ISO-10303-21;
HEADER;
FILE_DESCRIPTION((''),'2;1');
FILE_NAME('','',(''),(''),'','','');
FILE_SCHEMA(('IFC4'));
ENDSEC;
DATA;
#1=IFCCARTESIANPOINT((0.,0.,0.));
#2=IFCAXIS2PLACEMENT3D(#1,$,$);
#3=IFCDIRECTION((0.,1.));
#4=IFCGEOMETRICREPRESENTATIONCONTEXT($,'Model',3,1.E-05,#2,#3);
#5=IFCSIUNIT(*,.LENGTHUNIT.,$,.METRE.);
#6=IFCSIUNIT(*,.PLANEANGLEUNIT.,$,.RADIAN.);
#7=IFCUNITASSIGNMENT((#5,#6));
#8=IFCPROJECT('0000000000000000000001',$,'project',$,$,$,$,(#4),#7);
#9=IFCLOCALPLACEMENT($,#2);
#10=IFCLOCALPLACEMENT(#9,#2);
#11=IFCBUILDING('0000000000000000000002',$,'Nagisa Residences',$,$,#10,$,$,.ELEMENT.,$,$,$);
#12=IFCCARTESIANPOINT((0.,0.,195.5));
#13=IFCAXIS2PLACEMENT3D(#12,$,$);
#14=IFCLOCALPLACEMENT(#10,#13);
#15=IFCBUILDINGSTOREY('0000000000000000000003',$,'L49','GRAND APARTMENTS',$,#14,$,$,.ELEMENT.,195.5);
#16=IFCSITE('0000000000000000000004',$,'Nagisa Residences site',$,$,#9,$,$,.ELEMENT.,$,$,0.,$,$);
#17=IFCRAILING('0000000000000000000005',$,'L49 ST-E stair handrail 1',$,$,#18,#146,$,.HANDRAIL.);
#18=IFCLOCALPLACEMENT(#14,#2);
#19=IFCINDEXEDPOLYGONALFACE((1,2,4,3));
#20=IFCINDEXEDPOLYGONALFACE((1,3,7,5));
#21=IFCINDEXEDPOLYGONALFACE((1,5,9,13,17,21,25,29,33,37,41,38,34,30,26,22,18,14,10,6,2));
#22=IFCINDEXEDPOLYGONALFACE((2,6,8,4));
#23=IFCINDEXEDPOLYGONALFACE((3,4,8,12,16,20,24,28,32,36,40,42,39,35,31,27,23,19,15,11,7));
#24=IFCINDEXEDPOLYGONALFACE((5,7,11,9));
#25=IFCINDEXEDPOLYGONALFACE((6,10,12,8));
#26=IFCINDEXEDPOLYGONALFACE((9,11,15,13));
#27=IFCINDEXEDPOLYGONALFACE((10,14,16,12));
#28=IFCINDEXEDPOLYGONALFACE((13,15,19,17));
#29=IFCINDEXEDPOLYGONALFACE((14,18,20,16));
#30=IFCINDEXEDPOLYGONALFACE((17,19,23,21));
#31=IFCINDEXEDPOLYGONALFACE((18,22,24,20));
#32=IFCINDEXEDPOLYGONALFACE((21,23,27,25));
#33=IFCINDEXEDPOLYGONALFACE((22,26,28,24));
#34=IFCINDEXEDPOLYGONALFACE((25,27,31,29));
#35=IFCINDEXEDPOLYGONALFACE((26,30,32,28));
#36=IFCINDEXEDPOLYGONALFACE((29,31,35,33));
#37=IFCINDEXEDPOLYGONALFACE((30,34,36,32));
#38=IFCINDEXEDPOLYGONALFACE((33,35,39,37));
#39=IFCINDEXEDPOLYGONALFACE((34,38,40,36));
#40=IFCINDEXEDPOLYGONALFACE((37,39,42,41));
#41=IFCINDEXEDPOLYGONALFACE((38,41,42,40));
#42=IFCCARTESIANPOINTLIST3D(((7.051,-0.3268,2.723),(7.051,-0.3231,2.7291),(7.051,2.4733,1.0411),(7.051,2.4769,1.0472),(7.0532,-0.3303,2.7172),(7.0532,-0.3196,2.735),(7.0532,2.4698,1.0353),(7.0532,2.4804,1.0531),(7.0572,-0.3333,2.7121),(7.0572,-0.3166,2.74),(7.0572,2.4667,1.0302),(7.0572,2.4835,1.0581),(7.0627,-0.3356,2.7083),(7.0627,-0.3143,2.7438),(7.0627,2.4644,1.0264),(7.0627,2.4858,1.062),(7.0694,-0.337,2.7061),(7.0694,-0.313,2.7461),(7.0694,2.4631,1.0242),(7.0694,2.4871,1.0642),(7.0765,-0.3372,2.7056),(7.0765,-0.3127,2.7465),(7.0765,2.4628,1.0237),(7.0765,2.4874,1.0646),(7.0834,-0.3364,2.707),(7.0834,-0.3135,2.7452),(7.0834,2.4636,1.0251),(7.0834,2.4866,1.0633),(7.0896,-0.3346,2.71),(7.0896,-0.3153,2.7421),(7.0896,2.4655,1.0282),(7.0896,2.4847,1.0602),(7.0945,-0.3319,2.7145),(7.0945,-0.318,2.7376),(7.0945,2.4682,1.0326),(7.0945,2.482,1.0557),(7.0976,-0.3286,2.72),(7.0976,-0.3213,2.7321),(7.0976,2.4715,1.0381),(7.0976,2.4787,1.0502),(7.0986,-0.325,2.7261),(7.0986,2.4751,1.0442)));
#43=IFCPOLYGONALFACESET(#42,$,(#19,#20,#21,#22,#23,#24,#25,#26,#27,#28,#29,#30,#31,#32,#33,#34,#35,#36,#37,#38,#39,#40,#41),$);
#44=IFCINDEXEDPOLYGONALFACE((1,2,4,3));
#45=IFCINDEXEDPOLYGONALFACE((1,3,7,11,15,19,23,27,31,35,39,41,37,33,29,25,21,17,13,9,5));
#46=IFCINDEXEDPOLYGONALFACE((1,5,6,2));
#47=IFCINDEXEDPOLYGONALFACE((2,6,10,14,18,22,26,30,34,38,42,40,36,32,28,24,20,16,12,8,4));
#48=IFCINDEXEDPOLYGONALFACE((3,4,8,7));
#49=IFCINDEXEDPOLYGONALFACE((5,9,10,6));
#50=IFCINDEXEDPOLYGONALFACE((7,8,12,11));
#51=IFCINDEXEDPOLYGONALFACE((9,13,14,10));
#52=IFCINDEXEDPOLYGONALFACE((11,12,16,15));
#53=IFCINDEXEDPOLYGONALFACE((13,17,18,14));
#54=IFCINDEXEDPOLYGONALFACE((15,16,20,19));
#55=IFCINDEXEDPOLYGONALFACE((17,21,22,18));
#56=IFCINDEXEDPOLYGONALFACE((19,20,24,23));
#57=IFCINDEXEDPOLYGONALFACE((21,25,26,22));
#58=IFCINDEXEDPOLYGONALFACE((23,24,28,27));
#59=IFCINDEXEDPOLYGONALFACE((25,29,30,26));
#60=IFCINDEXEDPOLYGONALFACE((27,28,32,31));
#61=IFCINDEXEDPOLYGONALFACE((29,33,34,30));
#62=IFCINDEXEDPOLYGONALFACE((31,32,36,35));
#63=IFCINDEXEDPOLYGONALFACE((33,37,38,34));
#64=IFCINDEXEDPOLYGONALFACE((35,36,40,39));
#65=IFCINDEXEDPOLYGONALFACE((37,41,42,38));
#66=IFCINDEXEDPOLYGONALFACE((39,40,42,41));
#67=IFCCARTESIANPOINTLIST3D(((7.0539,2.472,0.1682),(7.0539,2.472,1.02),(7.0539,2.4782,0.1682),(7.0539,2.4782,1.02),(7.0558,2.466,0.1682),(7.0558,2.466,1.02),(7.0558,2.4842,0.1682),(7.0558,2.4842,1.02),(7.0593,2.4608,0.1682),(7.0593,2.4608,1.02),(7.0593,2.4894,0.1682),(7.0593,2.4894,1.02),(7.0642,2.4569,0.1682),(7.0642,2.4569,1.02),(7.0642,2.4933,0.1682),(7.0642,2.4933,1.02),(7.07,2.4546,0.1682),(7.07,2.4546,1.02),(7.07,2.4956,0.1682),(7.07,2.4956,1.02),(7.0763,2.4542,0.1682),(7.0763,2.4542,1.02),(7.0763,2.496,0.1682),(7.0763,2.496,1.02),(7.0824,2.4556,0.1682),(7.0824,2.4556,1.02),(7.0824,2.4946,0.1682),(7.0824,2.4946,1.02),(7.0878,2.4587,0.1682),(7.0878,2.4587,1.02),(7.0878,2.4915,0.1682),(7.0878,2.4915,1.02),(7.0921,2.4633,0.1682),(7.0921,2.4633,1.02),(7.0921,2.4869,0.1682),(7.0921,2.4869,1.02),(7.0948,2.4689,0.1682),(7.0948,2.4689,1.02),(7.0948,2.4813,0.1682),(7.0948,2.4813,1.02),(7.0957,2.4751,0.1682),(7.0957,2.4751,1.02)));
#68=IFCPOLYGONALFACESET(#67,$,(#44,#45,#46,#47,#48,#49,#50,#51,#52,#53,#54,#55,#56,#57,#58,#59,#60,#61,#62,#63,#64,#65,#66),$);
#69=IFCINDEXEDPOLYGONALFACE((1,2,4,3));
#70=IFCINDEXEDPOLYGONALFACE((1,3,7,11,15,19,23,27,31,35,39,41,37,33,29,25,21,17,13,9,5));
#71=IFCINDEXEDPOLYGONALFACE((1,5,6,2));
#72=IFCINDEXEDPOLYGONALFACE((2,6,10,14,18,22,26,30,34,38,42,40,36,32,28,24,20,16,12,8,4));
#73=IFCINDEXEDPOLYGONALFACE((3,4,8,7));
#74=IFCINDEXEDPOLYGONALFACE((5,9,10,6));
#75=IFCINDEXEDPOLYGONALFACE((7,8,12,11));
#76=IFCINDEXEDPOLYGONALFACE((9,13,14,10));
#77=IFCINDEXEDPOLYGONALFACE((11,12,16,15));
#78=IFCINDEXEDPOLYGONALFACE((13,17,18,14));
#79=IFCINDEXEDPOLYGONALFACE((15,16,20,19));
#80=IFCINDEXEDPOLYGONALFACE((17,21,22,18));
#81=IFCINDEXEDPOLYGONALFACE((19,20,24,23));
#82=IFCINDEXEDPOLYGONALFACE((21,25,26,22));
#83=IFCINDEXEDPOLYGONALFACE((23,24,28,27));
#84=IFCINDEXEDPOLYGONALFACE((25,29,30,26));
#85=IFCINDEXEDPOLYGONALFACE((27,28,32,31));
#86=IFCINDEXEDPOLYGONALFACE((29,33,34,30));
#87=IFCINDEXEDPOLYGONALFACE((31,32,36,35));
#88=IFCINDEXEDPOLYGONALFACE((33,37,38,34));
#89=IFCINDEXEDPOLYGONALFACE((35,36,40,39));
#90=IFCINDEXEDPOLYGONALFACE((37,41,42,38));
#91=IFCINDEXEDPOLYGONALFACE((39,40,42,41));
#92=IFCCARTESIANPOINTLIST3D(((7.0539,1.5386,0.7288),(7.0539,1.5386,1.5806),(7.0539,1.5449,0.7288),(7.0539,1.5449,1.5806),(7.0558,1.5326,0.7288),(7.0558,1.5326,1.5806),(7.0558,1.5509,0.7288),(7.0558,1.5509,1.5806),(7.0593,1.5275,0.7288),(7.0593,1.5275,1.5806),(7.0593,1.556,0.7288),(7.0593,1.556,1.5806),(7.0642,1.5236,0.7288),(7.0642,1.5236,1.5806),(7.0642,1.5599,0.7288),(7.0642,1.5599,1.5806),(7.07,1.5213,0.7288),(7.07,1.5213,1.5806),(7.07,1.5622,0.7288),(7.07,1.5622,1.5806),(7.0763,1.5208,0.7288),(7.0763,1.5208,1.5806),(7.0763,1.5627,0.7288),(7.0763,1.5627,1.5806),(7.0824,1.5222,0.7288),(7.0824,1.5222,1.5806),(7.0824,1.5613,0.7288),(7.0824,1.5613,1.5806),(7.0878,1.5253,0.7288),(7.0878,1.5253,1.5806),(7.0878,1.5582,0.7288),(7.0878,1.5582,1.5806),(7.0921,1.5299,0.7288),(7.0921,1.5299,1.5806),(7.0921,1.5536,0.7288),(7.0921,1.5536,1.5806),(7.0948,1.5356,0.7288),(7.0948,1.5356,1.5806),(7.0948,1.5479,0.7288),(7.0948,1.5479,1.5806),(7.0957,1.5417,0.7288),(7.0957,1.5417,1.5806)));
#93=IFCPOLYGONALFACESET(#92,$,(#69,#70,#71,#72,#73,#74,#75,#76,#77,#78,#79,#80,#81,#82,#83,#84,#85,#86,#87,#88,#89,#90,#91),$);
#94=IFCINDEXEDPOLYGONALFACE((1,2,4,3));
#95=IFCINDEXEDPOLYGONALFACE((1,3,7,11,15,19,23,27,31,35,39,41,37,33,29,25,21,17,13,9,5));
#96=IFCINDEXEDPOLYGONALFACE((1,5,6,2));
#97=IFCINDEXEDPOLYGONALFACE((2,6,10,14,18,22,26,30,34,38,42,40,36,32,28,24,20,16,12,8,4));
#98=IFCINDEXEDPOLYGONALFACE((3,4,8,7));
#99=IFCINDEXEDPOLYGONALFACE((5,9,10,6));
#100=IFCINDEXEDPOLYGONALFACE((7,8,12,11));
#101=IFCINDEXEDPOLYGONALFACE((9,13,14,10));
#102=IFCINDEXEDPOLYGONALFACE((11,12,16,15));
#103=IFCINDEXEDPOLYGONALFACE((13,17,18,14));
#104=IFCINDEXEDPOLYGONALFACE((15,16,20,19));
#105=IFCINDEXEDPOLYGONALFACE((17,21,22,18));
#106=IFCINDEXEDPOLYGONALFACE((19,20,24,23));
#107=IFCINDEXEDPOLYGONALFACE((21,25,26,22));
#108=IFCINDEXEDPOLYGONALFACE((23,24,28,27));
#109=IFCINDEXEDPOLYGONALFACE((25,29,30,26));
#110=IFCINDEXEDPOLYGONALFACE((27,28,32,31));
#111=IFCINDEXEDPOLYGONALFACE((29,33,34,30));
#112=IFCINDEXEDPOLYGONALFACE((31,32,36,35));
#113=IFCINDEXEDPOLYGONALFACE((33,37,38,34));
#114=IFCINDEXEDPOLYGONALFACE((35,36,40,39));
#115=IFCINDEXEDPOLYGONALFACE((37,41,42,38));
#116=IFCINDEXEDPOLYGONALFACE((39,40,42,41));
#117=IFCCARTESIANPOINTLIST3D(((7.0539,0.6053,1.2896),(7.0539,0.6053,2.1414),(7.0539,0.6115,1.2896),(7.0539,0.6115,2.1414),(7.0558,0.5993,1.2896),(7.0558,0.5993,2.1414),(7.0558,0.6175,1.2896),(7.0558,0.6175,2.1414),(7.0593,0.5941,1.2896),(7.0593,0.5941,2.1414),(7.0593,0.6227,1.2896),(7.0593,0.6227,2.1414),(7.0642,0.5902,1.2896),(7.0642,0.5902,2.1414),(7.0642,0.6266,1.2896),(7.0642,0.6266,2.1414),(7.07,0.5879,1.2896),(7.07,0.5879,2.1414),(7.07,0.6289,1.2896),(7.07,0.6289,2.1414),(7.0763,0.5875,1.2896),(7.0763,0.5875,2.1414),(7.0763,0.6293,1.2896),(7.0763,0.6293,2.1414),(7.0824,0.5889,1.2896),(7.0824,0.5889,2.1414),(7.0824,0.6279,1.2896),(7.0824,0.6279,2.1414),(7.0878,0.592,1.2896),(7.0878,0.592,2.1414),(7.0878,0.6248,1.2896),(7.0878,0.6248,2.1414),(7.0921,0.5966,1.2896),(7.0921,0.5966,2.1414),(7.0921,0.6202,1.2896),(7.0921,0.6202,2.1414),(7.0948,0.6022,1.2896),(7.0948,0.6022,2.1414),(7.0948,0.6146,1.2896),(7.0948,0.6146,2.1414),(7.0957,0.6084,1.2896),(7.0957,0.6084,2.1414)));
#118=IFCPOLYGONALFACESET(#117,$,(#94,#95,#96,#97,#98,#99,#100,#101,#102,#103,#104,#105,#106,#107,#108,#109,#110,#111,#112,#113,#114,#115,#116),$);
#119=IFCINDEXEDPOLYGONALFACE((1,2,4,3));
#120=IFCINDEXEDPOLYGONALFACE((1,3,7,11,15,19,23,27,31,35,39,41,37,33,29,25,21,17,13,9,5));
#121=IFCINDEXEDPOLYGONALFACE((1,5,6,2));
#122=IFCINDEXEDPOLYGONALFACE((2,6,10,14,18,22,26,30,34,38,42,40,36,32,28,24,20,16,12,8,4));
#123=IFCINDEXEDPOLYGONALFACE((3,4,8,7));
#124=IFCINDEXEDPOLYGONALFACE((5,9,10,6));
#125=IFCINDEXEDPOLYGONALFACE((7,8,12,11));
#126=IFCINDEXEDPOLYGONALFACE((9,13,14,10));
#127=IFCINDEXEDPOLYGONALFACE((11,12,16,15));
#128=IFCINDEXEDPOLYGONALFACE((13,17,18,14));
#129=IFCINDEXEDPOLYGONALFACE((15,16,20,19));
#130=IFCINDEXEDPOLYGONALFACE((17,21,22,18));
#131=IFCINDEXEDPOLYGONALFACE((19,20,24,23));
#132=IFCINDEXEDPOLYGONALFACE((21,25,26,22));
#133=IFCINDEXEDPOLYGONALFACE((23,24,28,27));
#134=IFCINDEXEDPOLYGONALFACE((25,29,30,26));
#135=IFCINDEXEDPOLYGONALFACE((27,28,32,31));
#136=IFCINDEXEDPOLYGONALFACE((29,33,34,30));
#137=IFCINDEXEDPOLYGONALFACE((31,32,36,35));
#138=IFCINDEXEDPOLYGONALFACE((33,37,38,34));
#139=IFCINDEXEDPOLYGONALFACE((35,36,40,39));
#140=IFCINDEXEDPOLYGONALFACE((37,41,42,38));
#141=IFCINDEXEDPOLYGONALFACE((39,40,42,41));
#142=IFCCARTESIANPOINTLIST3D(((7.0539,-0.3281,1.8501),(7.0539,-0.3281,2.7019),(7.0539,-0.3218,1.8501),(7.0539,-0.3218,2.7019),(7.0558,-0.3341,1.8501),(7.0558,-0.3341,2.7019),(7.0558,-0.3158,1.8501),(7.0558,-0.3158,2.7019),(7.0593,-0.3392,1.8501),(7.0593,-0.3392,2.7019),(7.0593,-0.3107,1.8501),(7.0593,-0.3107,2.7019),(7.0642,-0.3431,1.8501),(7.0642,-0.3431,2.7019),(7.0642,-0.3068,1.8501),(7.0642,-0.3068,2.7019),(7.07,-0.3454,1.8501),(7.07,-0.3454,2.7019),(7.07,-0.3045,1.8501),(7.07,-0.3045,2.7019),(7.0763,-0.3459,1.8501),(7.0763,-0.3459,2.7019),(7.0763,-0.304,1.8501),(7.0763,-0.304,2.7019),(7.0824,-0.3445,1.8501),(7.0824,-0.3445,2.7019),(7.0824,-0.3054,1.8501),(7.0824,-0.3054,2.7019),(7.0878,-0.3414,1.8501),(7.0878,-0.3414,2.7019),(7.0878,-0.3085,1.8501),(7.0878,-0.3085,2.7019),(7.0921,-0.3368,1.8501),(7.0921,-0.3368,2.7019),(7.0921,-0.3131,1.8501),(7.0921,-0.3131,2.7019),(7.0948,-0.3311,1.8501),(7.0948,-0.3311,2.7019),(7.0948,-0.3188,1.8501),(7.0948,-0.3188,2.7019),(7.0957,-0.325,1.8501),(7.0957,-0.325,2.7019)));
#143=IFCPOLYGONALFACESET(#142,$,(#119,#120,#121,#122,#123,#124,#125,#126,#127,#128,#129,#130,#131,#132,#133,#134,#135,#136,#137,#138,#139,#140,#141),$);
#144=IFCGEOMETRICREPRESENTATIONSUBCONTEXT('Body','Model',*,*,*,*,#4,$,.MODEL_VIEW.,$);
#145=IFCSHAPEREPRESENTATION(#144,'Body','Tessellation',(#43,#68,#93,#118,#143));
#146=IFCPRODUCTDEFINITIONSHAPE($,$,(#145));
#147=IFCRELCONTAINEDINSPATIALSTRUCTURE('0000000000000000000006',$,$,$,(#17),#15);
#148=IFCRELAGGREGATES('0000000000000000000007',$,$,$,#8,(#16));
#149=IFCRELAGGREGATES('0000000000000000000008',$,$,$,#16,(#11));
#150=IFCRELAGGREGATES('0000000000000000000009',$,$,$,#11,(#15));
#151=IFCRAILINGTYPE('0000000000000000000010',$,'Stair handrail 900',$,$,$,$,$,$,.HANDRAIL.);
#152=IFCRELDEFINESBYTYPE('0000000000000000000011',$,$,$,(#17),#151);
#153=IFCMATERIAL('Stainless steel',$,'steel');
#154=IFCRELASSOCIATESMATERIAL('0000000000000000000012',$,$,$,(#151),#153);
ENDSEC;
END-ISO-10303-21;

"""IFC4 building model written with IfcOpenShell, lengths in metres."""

from ifc_helpers import new_model, si_unit, direction, frame, origin, origin_2d, place, context, subcontext, project, spatial, circle, extrude, material, type_object, element, save


model = new_model("IFC4")

# Units and contexts
model_context = context("Model", 3, precision=1e-05, world=origin(), true_north=direction((0.0, 1.0)))
body_context = subcontext(model_context, "Body", "Model", "MODEL_VIEW")
ifc_project = project(units=[si_unit("LENGTHUNIT", "METRE"), si_unit("PLANEANGLEUNIT", "RADIAN")], contexts=[model_context])

# Site, building, storey
site_placement = place(None, origin())
site = spatial("IfcSite", under=ifc_project, at=site_placement, Name="Nagisa Residences site", CompositionType="ELEMENT", RefElevation=0.0)
building_placement = place(site_placement, origin())
building = spatial("IfcBuilding", under=site, at=building_placement, Name="Nagisa Residences", CompositionType="ELEMENT")
storey_placement = place(building_placement, frame((0.0, 0.0, 195.5)))
storey = spatial("IfcBuildingStorey", under=building, at=storey_placement, Name="L49", Description="GRAND APARTMENTS", CompositionType="ELEMENT", Elevation=195.5)

# Railing
ifc_material_1 = material(Name="Stainless steel", Category="steel")
railing_type_1 = type_object("IfcRailingType", Name="Stair handrail 900", PredefinedType="HANDRAIL", material=ifc_material_1)
railing_1_placement = place(storey_placement, frame((7.0747, 2.4751, 0.1682)))
element("IfcRailing", 1, at=railing_1_placement, inside=storey, type_object=railing_type_1, Name="L49 ST-E stair handrail 1", PredefinedType="HANDRAIL", context=body_context, shape_type="SweptSolid", body=[
    extrude(circle(Radius=0.0239, at=origin_2d()), frame((0.0, 0.0, 0.876), z_axis=(0.0, -0.857242, 0.514913), x_axis=(1.0, 0.0, 0.0)), (0.0, 0.0, 1.0), 3.2664),
    extrude(circle(Radius=0.021, at=origin_2d()), origin(), (0.0, 0.0, 1.0), 0.8518),
    extrude(circle(Radius=0.021, at=origin_2d()), frame((0.0, -0.9333, 0.5605)), (0.0, 0.0, 1.0), 0.8518),
    extrude(circle(Radius=0.021, at=origin_2d()), frame((0.0, -1.8667, 1.1213)), (0.0, 0.0, 1.0), 0.8518),
    extrude(circle(Radius=0.021, at=origin_2d()), frame((0.0, -2.8, 1.6819)), (0.0, 0.0, 1.0), 0.8518),
])

save(model, "model.ifc")
